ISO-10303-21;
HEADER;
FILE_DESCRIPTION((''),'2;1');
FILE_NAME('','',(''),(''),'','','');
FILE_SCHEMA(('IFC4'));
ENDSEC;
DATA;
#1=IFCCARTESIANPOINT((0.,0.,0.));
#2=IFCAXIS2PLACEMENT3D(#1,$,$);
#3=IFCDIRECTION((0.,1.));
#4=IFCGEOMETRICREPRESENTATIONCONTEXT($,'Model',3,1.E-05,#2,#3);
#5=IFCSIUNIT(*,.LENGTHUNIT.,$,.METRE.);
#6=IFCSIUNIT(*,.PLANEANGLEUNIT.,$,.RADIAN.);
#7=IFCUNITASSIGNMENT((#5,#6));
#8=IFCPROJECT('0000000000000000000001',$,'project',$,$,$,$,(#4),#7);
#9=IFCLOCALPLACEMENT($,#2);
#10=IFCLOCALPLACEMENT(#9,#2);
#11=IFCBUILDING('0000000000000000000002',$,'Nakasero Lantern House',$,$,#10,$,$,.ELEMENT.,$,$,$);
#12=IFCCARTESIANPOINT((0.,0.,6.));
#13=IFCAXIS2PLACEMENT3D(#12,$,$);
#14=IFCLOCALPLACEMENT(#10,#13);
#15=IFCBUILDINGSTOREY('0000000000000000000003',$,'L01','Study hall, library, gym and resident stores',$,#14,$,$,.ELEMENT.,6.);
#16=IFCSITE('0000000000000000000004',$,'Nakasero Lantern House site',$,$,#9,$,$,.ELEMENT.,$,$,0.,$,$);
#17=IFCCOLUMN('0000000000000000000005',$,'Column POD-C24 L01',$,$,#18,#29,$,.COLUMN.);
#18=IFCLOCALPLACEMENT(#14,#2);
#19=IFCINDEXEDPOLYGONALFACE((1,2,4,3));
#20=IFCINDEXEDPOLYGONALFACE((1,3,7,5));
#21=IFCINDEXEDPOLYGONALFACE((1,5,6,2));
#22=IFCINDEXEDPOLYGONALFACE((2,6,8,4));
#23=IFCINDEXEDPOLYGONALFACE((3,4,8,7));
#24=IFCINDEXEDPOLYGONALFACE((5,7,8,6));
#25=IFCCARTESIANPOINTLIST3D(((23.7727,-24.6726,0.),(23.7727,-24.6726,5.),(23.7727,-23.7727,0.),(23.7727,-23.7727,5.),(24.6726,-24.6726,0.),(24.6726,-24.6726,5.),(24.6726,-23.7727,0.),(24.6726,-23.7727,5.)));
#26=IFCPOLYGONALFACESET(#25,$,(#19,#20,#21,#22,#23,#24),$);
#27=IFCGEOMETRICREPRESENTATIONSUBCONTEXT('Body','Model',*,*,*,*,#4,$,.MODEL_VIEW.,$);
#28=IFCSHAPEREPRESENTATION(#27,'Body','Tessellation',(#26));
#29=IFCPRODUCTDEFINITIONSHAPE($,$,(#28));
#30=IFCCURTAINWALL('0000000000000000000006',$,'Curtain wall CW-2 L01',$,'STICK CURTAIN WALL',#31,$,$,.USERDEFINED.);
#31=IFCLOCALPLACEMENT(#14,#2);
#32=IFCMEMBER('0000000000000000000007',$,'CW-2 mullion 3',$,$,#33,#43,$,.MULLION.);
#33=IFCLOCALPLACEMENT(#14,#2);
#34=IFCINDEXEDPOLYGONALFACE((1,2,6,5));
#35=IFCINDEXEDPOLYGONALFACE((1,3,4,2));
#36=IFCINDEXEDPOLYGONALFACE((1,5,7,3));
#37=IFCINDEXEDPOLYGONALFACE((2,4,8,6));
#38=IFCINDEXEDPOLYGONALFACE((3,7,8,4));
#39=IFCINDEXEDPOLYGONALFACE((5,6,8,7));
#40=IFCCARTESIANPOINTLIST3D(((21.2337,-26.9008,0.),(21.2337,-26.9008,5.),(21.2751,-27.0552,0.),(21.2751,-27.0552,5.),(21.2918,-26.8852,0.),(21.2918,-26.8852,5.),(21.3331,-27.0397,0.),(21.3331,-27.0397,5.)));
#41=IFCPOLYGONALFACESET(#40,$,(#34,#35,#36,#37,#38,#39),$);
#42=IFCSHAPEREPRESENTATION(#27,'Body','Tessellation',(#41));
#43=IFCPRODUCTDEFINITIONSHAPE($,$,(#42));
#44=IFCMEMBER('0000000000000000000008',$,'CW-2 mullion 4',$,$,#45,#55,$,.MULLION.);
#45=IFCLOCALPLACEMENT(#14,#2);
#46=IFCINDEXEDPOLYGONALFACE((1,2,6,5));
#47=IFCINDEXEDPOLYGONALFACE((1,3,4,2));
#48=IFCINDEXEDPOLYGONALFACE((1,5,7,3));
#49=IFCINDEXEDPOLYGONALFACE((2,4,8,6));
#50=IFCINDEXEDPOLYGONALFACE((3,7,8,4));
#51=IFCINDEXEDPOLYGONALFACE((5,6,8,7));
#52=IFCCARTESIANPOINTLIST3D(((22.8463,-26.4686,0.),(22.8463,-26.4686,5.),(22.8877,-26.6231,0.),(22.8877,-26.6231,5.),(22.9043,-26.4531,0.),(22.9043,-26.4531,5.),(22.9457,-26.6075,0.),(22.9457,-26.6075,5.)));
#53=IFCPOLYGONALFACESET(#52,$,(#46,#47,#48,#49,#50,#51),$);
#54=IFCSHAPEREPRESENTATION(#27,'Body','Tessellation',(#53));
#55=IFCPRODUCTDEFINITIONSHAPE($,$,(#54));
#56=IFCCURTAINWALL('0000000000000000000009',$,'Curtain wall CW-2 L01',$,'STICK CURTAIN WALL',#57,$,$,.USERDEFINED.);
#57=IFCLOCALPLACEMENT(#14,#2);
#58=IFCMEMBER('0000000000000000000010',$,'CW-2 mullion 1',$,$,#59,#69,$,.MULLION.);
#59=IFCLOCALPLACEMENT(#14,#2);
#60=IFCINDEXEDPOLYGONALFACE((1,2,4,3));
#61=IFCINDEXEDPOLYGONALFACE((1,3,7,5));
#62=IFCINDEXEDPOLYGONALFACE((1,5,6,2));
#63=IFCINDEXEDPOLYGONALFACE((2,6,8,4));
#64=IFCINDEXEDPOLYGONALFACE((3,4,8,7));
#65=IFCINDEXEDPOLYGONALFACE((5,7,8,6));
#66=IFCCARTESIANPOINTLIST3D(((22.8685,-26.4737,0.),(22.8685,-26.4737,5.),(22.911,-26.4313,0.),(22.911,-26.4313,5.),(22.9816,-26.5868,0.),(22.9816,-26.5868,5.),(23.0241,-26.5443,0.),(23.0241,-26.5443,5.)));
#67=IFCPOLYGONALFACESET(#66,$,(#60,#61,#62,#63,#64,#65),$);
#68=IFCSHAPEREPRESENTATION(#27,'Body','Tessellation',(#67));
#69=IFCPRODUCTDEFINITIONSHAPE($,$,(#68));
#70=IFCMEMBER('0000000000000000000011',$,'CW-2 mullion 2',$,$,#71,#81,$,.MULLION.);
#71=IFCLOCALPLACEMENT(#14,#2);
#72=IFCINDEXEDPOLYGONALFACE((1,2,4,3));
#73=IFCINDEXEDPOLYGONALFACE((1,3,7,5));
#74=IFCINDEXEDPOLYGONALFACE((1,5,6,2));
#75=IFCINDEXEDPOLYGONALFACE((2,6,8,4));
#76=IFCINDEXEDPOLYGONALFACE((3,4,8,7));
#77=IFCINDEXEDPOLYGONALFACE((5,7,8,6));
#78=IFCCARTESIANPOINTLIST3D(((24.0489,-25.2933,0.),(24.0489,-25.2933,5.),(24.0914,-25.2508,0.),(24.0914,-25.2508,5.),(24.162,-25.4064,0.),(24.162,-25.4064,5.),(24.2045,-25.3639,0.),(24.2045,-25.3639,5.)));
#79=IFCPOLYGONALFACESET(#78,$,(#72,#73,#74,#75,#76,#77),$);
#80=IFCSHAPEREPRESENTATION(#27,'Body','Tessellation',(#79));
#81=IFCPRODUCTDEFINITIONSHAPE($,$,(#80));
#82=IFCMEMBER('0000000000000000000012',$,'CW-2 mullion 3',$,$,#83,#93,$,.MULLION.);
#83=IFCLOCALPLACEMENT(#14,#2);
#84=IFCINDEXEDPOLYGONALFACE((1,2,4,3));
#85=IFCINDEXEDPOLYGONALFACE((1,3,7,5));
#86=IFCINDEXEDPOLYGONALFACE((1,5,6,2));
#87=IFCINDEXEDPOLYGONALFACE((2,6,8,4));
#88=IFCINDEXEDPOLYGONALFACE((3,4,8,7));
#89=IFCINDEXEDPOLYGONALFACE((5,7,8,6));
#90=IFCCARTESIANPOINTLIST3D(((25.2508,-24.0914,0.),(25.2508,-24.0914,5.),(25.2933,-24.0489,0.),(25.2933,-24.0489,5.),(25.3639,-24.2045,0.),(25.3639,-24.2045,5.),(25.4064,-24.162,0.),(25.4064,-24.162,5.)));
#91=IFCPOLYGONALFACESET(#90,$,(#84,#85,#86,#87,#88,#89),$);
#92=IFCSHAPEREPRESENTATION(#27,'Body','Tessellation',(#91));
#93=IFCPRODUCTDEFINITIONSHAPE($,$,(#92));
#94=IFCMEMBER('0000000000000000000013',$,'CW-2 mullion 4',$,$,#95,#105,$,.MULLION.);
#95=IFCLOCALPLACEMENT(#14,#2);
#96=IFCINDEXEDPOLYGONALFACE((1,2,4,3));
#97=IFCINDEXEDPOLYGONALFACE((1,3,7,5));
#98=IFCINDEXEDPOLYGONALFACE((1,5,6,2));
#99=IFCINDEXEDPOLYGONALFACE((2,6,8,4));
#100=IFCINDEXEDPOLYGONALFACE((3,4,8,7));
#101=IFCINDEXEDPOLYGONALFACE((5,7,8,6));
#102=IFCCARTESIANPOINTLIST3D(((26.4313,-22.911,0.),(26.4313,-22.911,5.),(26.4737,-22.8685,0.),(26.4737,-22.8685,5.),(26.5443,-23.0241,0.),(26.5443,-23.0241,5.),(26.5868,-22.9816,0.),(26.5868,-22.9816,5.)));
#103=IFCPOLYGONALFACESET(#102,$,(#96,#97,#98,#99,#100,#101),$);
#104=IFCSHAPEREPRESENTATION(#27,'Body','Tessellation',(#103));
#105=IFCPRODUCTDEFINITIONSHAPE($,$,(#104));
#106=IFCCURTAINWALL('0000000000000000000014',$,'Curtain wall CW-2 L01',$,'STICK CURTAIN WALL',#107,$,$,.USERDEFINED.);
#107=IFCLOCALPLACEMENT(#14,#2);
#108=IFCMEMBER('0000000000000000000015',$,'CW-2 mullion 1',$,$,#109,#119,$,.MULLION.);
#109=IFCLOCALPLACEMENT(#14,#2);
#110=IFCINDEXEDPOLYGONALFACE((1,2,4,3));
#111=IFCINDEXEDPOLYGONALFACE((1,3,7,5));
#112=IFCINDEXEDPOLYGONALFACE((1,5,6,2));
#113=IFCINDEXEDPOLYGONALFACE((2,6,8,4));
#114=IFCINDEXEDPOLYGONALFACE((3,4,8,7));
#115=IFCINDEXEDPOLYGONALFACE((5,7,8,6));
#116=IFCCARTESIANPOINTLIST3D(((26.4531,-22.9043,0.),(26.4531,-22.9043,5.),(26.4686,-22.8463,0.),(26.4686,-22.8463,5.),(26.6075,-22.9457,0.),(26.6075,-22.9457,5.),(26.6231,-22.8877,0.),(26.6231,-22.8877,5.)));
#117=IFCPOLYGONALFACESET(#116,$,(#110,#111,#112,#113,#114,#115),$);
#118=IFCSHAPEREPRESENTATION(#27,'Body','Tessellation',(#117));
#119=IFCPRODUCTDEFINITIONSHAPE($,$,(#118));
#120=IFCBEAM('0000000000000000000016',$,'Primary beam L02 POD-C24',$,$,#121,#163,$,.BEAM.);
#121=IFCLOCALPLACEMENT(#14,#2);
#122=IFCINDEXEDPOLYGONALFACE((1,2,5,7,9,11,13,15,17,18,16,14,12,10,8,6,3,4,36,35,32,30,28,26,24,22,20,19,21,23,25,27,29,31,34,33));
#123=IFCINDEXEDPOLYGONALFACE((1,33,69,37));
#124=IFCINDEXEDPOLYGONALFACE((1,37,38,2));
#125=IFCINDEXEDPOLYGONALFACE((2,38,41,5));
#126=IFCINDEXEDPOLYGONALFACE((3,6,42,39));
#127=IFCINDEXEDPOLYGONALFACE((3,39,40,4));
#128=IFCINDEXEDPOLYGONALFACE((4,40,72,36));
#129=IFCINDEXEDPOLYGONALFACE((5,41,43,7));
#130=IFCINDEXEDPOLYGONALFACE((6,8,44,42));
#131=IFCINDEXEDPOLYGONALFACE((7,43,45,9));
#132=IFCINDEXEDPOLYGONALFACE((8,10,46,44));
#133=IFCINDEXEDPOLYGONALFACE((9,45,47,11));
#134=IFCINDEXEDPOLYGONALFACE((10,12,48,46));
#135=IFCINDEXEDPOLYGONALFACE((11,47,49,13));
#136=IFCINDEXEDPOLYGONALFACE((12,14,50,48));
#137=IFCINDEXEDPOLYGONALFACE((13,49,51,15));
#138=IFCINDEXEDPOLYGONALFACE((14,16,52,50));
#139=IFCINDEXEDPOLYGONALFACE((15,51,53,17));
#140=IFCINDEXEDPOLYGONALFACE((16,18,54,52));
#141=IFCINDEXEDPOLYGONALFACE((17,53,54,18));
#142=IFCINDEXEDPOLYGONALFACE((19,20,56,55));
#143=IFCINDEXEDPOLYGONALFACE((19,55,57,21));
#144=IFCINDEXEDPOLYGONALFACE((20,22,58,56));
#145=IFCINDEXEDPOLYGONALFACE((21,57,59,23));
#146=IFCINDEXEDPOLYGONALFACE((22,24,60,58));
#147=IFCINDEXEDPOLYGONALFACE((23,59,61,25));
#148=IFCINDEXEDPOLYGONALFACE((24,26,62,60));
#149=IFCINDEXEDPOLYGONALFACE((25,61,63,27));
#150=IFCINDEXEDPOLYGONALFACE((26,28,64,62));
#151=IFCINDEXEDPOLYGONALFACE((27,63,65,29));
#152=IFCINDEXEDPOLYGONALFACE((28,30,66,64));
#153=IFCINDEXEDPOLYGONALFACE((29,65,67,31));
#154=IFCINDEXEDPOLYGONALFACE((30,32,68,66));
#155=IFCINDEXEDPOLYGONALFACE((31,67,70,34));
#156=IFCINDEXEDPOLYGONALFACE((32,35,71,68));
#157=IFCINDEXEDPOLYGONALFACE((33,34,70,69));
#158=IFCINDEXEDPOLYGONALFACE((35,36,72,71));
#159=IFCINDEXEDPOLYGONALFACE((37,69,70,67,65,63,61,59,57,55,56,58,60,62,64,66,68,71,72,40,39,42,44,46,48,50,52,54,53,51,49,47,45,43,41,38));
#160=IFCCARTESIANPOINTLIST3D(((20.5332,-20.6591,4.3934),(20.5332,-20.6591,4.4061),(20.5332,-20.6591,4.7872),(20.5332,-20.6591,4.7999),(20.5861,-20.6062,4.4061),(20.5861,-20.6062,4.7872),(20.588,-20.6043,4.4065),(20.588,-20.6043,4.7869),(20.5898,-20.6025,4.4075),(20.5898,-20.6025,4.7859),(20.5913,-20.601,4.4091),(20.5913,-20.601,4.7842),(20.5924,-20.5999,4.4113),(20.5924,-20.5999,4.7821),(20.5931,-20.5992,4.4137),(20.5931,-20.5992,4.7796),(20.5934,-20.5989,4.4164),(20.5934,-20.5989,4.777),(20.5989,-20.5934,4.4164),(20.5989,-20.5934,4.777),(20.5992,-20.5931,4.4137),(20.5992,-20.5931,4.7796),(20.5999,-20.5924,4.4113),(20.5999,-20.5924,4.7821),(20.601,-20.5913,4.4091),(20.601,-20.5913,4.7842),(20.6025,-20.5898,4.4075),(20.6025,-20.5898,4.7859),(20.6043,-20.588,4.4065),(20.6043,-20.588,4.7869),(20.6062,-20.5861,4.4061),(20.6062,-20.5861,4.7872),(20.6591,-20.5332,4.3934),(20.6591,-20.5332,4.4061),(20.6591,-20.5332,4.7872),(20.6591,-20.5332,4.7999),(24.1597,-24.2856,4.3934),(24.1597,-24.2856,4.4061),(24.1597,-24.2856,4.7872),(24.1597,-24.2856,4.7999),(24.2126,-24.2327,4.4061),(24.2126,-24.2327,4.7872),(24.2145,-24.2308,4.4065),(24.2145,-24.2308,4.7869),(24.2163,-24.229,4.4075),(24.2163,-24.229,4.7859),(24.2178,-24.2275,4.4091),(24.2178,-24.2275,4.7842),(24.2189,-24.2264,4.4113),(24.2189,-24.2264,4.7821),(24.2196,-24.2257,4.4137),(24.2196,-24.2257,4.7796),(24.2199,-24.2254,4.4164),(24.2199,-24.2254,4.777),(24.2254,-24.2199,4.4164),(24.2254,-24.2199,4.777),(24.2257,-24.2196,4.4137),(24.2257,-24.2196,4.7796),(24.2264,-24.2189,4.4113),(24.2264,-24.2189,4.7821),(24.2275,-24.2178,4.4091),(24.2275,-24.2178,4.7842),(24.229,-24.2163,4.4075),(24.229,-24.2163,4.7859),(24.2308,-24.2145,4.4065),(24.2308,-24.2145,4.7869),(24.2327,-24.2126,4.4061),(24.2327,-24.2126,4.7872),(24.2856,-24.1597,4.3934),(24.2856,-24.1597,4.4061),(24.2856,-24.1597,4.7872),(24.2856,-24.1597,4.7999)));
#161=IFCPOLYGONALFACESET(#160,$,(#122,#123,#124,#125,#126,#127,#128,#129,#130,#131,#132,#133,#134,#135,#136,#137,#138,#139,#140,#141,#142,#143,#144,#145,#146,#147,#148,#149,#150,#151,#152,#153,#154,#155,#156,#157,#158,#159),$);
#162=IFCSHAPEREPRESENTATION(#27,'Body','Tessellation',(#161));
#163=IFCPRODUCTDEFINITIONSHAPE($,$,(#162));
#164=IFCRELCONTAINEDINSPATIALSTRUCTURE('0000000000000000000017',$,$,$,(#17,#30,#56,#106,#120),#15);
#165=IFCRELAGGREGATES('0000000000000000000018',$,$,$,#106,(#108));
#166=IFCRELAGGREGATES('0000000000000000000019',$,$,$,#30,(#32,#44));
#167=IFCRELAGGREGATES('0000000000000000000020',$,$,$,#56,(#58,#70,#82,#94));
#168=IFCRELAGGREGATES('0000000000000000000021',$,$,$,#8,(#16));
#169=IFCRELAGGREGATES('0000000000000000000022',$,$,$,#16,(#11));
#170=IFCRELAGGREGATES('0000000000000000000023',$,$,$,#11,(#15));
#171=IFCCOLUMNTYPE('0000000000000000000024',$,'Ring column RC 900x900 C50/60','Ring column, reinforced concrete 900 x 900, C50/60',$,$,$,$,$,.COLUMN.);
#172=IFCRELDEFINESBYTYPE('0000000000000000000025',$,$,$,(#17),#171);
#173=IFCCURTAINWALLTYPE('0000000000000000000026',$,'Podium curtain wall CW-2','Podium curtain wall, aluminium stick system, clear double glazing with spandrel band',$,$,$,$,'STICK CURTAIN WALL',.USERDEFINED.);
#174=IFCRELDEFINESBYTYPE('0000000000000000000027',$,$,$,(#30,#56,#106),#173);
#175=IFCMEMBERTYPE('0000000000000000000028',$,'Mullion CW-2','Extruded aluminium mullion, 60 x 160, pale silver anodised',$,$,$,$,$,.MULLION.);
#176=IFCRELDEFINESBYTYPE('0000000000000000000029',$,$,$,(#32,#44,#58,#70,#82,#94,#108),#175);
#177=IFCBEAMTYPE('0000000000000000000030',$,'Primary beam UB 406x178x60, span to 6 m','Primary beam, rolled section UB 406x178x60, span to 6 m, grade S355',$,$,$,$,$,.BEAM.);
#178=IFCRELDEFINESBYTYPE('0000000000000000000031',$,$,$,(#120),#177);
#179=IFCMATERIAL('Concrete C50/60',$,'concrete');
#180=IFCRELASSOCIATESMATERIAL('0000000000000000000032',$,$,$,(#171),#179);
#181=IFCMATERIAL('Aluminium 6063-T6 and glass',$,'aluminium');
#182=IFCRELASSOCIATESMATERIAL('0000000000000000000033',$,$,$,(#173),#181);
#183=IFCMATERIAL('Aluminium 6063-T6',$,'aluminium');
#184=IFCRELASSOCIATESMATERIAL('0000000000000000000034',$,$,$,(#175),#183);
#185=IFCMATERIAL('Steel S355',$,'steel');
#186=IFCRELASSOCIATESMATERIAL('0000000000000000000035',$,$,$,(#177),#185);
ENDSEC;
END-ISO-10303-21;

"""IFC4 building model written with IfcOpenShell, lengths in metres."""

from ifc_helpers import new_model, si_unit, direction, frame, origin, origin_2d, place, context, subcontext, project, spatial, rectangle, i_section, extrude, material, material_profile, profile_set, type_object, element, aggregate, save


model = new_model("IFC4")

# Units and contexts
model_context = context("Model", 3, precision=1e-05, world=origin(), true_north=direction((0.0, 1.0)))
body_context = subcontext(model_context, "Body", "Model", "MODEL_VIEW")
ifc_project = project(units=[si_unit("LENGTHUNIT", "METRE"), si_unit("PLANEANGLEUNIT", "RADIAN")], contexts=[model_context])

# Site, building, storey
site_placement = place(None, origin())
site = spatial("IfcSite", under=ifc_project, at=site_placement, Name="Nakasero Lantern House site", CompositionType="ELEMENT", RefElevation=0.0)
building_placement = place(site_placement, origin())
building = spatial("IfcBuilding", under=site, at=building_placement, Name="Nakasero Lantern House", CompositionType="ELEMENT")
storey_placement = place(building_placement, frame((0.0, 0.0, 6.0)))
storey = spatial("IfcBuildingStorey", under=building, at=storey_placement, Name="L01", Description="Study hall, library, gym and resident stores", CompositionType="ELEMENT", Elevation=6.0)

# Column
ifc_material_1 = material(Name="Concrete C50/60", Category="concrete")
ifc_material_profile_1 = material_profile(ifc_material_1, rectangle(XDim=0.8999, YDim=0.8999, at=origin_2d()), Name="RC 900x900")
ifc_profile_set_1 = profile_set([ifc_material_profile_1], Name="Concrete C50/60")
column_type = type_object("IfcColumnType", Name="Ring column RC 900x900 C50/60", Description="Ring column, reinforced concrete 900 x 900, C50/60", PredefinedType="COLUMN", material=ifc_profile_set_1)
column_placement = place(storey_placement, frame((24.2227, -24.2227, 0.0), z_axis=(0.0, 0.0, 1.0), x_axis=(1.0, 0.0, 0.0)))
element("IfcColumn", 1, at=column_placement, inside=storey, type_object=column_type, Name="Column POD-C24 L01", PredefinedType="COLUMN", context=body_context, shape_type="SweptSolid", body=[
    extrude(rectangle(XDim=0.8999, YDim=0.8999, at=origin_2d()), origin(), (0.0, 0.0, 1.0), 5.0),
])

# Curtain walls, members
ifc_material_2 = material(Name="Aluminium 6063-T6 and glass", Category="aluminium")
curtain_wall_type = type_object("IfcCurtainWallType", Name="Podium curtain wall CW-2", Description="Podium curtain wall, aluminium stick system, clear double glazing with spandrel band", ElementType="STICK CURTAIN WALL", PredefinedType="USERDEFINED", material=ifc_material_2)
curtain_wall_1_placement = place(storey_placement, origin())
curtain_wall_1 = element("IfcCurtainWall", 2, at=curtain_wall_1_placement, inside=storey, type_object=curtain_wall_type, Name="Curtain wall CW-2 L01", ObjectType="STICK CURTAIN WALL", PredefinedType="USERDEFINED")
ifc_material_3 = material(Name="Aluminium 6063-T6", Category="aluminium")
ifc_material_profile_2 = material_profile(ifc_material_3, rectangle(XDim=0.0601, YDim=0.1599, at=origin_2d()), Name="CW-2 mullion 60x160")
ifc_profile_set_2 = profile_set([ifc_material_profile_2], Name="Aluminium 6063-T6")
member_type_1 = type_object("IfcMemberType", Name="Mullion CW-2", Description="Extruded aluminium mullion, 60 x 160, pale silver anodised", PredefinedType="MULLION", material=ifc_profile_set_2)
member_1_placement = place(storey_placement, frame((21.2834, -26.9702, 0.0), z_axis=(0.0, 0.0, 1.0), x_axis=(0.965926, 0.258819, 0.0)))
member_1 = element("IfcMember", 3, at=member_1_placement, type_object=member_type_1, Name="CW-2 mullion 3", PredefinedType="MULLION", context=body_context, shape_type="SweptSolid", body=[
    extrude(rectangle(XDim=0.0601, YDim=0.1599, at=origin_2d()), origin(), (0.0, 0.0, 1.0), 5.0),
])
member_2_placement = place(storey_placement, frame((22.896, -26.5381, 0.0), z_axis=(0.0, 0.0, 1.0), x_axis=(0.965926, 0.258819, 0.0)))
member_2 = element("IfcMember", 4, at=member_2_placement, type_object=member_type_1, Name="CW-2 mullion 4", PredefinedType="MULLION", context=body_context, shape_type="SweptSolid", body=[
    extrude(rectangle(XDim=0.0601, YDim=0.1599, at=origin_2d()), origin(), (0.0, 0.0, 1.0), 5.0),
])
curtain_wall_2_placement = place(storey_placement, origin())
curtain_wall_2 = element("IfcCurtainWall", 5, at=curtain_wall_2_placement, inside=storey, type_object=curtain_wall_type, Name="Curtain wall CW-2 L01", ObjectType="STICK CURTAIN WALL", PredefinedType="USERDEFINED")
member_3_placement = place(storey_placement, frame((22.9463, -26.509, 0.0), z_axis=(0.0, 0.0, 1.0), x_axis=(0.707107, 0.707107, 0.0)))
member_3 = element("IfcMember", 6, at=member_3_placement, type_object=member_type_1, Name="CW-2 mullion 1", PredefinedType="MULLION", context=body_context, shape_type="SweptSolid", body=[
    extrude(rectangle(XDim=0.0601, YDim=0.1599, at=origin_2d()), origin(), (0.0, 0.0, 1.0), 5.0),
])
member_4_placement = place(storey_placement, frame((24.1267, -25.3286, 0.0), z_axis=(0.0, 0.0, 1.0), x_axis=(0.707107, 0.707107, 0.0)))
member_4 = element("IfcMember", 7, at=member_4_placement, type_object=member_type_1, Name="CW-2 mullion 2", PredefinedType="MULLION", context=body_context, shape_type="SweptSolid", body=[
    extrude(rectangle(XDim=0.0601, YDim=0.1599, at=origin_2d()), origin(), (0.0, 0.0, 1.0), 5.0),
])
member_5_placement = place(storey_placement, frame((25.3286, -24.1267, 0.0), z_axis=(0.0, 0.0, 1.0), x_axis=(0.707107, 0.707107, 0.0)))
member_5 = element("IfcMember", 8, at=member_5_placement, type_object=member_type_1, Name="CW-2 mullion 3", PredefinedType="MULLION", context=body_context, shape_type="SweptSolid", body=[
    extrude(rectangle(XDim=0.0601, YDim=0.1599, at=origin_2d()), origin(), (0.0, 0.0, 1.0), 5.0),
])
member_6_placement = place(storey_placement, frame((26.509, -22.9463, 0.0), z_axis=(0.0, 0.0, 1.0), x_axis=(0.707107, 0.707107, 0.0)))
member_6 = element("IfcMember", 9, at=member_6_placement, type_object=member_type_1, Name="CW-2 mullion 4", PredefinedType="MULLION", context=body_context, shape_type="SweptSolid", body=[
    extrude(rectangle(XDim=0.0601, YDim=0.1599, at=origin_2d()), origin(), (0.0, 0.0, 1.0), 5.0),
])

# Curtain wall, member
curtain_wall_3_placement = place(storey_placement, origin())
curtain_wall_3 = element("IfcCurtainWall", 10, at=curtain_wall_3_placement, inside=storey, type_object=curtain_wall_type, Name="Curtain wall CW-2 L01", ObjectType="STICK CURTAIN WALL", PredefinedType="USERDEFINED")
member_7_placement = place(storey_placement, frame((26.5381, -22.896, 0.0), z_axis=(0.0, 0.0, 1.0), x_axis=(0.258819, 0.965926, 0.0)))
member_7 = element("IfcMember", 11, at=member_7_placement, type_object=member_type_1, Name="CW-2 mullion 1", PredefinedType="MULLION", context=body_context, shape_type="SweptSolid", body=[
    extrude(rectangle(XDim=0.0601, YDim=0.1599, at=origin_2d()), origin(), (0.0, 0.0, 1.0), 5.0),
])

# Beam
ifc_material_4 = material(Name="Steel S355", Category="steel")
ifc_material_profile_3 = material_profile(ifc_material_4, i_section(OverallWidth=0.178, OverallDepth=0.4065, WebThickness=0.0078, FlangeThickness=0.0127, FilletRadius=0.0103, at=origin_2d()), Name="UB 406x178x60")
ifc_profile_set_3 = profile_set([ifc_material_profile_3], Name="Steel S355")
beam_type_1 = type_object("IfcBeamType", Name="Primary beam UB 406x178x60, span to 6 m", Description="Primary beam, rolled section UB 406x178x60, span to 6 m, grade S355", PredefinedType="BEAM", material=ifc_profile_set_3)
beam_1_placement = place(storey_placement, frame((24.2227, -24.2227, 4.5967), z_axis=(-0.707107, 0.707107, 0.0), x_axis=(-0.707107, -0.707107, 0.0)))
element("IfcBeam", 12, at=beam_1_placement, inside=storey, type_object=beam_type_1, Name="Primary beam L02 POD-C24", PredefinedType="BEAM", context=body_context, shape_type="SweptSolid", body=[
    extrude(i_section(OverallWidth=0.178, OverallDepth=0.4065, WebThickness=0.0078, FlangeThickness=0.0127, FilletRadius=0.0103, at=origin_2d()), origin(), (0.0, 0.0, 1.0), 5.1287),
])

aggregate(curtain_wall_3, [member_7])

aggregate(curtain_wall_1, [member_1, member_2])
aggregate(curtain_wall_2, [member_3, member_4, member_5, member_6])

save(model, "model.ifc")
